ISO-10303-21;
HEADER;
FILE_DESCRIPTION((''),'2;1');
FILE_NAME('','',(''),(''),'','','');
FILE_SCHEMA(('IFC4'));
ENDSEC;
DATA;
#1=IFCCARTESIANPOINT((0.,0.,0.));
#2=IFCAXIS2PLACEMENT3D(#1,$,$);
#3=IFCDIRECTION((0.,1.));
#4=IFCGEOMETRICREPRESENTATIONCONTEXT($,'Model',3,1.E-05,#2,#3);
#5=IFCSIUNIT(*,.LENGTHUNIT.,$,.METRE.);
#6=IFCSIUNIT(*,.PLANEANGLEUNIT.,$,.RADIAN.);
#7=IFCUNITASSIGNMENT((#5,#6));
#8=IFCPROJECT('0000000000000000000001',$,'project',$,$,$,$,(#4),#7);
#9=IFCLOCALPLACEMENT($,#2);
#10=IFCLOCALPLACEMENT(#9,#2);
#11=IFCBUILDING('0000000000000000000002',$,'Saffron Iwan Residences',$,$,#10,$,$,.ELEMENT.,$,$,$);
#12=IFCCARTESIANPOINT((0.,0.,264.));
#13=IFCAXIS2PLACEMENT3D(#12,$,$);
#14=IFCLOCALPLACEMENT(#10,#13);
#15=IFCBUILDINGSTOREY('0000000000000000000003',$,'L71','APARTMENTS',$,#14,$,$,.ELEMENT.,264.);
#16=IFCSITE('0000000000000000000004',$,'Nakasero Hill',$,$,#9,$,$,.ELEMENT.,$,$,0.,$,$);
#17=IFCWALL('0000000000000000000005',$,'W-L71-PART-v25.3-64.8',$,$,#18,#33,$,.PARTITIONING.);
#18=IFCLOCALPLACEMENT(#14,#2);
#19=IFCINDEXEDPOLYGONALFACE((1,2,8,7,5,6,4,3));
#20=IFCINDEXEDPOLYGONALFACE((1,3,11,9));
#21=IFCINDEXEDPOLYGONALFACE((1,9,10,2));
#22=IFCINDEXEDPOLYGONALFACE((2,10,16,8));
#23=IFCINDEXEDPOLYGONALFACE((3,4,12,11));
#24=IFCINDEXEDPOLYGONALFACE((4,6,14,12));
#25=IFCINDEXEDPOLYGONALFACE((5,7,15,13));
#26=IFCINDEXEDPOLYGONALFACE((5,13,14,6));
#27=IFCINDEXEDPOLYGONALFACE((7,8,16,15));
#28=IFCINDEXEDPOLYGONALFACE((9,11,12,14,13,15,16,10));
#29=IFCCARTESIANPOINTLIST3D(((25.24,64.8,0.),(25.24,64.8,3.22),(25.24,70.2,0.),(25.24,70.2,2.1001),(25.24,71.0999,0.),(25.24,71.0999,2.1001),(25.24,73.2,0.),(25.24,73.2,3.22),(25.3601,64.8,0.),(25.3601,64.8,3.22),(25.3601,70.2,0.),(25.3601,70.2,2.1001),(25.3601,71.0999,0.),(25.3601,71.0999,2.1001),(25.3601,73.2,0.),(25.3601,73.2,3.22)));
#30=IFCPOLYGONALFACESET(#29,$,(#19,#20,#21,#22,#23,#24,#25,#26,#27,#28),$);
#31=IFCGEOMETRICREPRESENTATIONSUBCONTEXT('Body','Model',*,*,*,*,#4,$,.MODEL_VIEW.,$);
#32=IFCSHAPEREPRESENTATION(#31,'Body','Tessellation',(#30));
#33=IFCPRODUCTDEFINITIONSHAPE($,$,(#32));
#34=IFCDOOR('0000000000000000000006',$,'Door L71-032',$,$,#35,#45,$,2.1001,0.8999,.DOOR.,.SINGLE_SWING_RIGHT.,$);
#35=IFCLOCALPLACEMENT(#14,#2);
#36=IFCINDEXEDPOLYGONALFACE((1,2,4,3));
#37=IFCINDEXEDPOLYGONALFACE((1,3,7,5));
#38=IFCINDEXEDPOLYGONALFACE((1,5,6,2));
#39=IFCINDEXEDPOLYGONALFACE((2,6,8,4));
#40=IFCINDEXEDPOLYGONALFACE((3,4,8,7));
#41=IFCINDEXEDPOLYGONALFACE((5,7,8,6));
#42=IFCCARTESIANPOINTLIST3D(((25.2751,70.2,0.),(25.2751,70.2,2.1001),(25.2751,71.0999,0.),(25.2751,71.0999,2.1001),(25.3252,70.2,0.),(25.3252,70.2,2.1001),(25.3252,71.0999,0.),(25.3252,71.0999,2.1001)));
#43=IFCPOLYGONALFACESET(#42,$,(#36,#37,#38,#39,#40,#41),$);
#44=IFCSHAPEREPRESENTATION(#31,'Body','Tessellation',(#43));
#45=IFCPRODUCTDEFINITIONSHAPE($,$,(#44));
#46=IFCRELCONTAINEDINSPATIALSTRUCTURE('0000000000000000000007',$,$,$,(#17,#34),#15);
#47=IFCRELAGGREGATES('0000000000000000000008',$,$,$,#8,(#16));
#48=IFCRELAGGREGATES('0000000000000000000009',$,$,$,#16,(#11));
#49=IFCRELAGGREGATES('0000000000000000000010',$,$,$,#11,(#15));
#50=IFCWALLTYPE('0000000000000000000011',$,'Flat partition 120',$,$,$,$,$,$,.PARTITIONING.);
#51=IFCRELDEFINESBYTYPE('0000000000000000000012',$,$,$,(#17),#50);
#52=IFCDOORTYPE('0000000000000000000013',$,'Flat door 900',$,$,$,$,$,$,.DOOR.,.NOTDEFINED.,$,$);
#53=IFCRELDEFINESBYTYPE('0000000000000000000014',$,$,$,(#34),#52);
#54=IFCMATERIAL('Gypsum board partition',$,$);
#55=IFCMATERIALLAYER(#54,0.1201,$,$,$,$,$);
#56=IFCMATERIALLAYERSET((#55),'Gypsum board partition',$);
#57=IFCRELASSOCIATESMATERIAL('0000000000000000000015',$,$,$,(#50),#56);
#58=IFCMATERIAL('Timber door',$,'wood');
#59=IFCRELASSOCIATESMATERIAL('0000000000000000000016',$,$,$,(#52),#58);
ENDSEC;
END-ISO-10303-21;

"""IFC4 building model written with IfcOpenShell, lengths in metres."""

from ifc_helpers import new_model, si_unit, direction, frame, frame_2d, origin, place, context, subcontext, project, spatial, rectangle, extrude, material, layer, layer_set, type_object, element, fill, save


model = new_model("IFC4")

# Units and contexts
model_context = context("Model", 3, precision=1e-05, world=origin(), true_north=direction((0.0, 1.0)))
body_context = subcontext(model_context, "Body", "Model", "MODEL_VIEW")
ifc_project = project(units=[si_unit("LENGTHUNIT", "METRE"), si_unit("PLANEANGLEUNIT", "RADIAN")], contexts=[model_context])

# Site, building, storey
site_placement = place(None, origin())
site = spatial("IfcSite", under=ifc_project, at=site_placement, Name="Nakasero Hill", CompositionType="ELEMENT", RefElevation=0.0)
building_placement = place(site_placement, origin())
building = spatial("IfcBuilding", under=site, at=building_placement, Name="Saffron Iwan Residences", CompositionType="ELEMENT")
storey_placement = place(building_placement, frame((0.0, 0.0, 264.0)))
storey = spatial("IfcBuildingStorey", under=building, at=storey_placement, Name="L71", Description="APARTMENTS", CompositionType="ELEMENT", Elevation=264.0)

# Shared definitions
ifc_material_1 = material(Name="Gypsum board partition")
ifc_layer_1 = layer(ifc_material_1, 0.1201)
ifc_layer_set_1 = layer_set([ifc_layer_1], Name="Gypsum board partition")
wall_type_1 = type_object("IfcWallType", Name="Flat partition 120", PredefinedType="PARTITIONING", material=ifc_layer_set_1)
ifc_material_2 = material(Name="Timber door", Category="wood")
door_type_1 = type_object("IfcDoorType", Name="Flat door 900", OperationType="NOTDEFINED", PredefinedType="DOOR", material=ifc_material_2)

# Wall, opening, door
wall_1_placement = place(storey_placement, frame((25.3, 64.8, 0.0), z_axis=(0.0, 0.0, 1.0), x_axis=(0.0, 1.0, 0.0)))
wall_1 = element("IfcWall", 1, at=wall_1_placement, inside=storey, type_object=wall_type_1, Name="W-L71-PART-v25.3-64.8", PredefinedType="PARTITIONING", context=body_context, shape_type="SweptSolid", body=[
    extrude(rectangle(XDim=8.3999, YDim=0.1201, at=frame_2d((4.2, 0.0))), origin(), (0.0, 0.0, 1.0), 3.22),
])
opening_1_placement = place(wall_1_placement, frame((5.3999, 0.0, 0.0)))
opening_1 = element("IfcOpeningElement", 2, at=opening_1_placement, cuts=wall_1, PredefinedType="OPENING", context=body_context, shape_type="SweptSolid", body=[
    extrude(rectangle(XDim=0.8999, YDim=2.1001, at=frame_2d((0.45, 1.05))), frame((0.0, 0.0701, 0.0), z_axis=(0.0, -1.0, 0.0), x_axis=(1.0, 0.0, 0.0)), (0.0, 0.0, 1.0), 0.1401),
])
door_1_placement = place(opening_1_placement, origin())
door_1 = element("IfcDoor", 3, at=door_1_placement, inside=storey, type_object=door_type_1, Name="Door L71-032", OperationType="SINGLE_SWING_RIGHT", OverallHeight=2.1001, OverallWidth=0.8999, PredefinedType="DOOR", context=body_context, shape_type="SweptSolid", body=[
    extrude(rectangle(XDim=0.8999, YDim=2.1001, at=frame_2d((0.45, 1.05))), frame((0.0, 0.0249, 0.0), z_axis=(0.0, -1.0, 0.0), x_axis=(1.0, 0.0, 0.0)), (0.0, 0.0, 1.0), 0.05),
])
fill(opening_1, door_1)

save(model, "model.ifc")
